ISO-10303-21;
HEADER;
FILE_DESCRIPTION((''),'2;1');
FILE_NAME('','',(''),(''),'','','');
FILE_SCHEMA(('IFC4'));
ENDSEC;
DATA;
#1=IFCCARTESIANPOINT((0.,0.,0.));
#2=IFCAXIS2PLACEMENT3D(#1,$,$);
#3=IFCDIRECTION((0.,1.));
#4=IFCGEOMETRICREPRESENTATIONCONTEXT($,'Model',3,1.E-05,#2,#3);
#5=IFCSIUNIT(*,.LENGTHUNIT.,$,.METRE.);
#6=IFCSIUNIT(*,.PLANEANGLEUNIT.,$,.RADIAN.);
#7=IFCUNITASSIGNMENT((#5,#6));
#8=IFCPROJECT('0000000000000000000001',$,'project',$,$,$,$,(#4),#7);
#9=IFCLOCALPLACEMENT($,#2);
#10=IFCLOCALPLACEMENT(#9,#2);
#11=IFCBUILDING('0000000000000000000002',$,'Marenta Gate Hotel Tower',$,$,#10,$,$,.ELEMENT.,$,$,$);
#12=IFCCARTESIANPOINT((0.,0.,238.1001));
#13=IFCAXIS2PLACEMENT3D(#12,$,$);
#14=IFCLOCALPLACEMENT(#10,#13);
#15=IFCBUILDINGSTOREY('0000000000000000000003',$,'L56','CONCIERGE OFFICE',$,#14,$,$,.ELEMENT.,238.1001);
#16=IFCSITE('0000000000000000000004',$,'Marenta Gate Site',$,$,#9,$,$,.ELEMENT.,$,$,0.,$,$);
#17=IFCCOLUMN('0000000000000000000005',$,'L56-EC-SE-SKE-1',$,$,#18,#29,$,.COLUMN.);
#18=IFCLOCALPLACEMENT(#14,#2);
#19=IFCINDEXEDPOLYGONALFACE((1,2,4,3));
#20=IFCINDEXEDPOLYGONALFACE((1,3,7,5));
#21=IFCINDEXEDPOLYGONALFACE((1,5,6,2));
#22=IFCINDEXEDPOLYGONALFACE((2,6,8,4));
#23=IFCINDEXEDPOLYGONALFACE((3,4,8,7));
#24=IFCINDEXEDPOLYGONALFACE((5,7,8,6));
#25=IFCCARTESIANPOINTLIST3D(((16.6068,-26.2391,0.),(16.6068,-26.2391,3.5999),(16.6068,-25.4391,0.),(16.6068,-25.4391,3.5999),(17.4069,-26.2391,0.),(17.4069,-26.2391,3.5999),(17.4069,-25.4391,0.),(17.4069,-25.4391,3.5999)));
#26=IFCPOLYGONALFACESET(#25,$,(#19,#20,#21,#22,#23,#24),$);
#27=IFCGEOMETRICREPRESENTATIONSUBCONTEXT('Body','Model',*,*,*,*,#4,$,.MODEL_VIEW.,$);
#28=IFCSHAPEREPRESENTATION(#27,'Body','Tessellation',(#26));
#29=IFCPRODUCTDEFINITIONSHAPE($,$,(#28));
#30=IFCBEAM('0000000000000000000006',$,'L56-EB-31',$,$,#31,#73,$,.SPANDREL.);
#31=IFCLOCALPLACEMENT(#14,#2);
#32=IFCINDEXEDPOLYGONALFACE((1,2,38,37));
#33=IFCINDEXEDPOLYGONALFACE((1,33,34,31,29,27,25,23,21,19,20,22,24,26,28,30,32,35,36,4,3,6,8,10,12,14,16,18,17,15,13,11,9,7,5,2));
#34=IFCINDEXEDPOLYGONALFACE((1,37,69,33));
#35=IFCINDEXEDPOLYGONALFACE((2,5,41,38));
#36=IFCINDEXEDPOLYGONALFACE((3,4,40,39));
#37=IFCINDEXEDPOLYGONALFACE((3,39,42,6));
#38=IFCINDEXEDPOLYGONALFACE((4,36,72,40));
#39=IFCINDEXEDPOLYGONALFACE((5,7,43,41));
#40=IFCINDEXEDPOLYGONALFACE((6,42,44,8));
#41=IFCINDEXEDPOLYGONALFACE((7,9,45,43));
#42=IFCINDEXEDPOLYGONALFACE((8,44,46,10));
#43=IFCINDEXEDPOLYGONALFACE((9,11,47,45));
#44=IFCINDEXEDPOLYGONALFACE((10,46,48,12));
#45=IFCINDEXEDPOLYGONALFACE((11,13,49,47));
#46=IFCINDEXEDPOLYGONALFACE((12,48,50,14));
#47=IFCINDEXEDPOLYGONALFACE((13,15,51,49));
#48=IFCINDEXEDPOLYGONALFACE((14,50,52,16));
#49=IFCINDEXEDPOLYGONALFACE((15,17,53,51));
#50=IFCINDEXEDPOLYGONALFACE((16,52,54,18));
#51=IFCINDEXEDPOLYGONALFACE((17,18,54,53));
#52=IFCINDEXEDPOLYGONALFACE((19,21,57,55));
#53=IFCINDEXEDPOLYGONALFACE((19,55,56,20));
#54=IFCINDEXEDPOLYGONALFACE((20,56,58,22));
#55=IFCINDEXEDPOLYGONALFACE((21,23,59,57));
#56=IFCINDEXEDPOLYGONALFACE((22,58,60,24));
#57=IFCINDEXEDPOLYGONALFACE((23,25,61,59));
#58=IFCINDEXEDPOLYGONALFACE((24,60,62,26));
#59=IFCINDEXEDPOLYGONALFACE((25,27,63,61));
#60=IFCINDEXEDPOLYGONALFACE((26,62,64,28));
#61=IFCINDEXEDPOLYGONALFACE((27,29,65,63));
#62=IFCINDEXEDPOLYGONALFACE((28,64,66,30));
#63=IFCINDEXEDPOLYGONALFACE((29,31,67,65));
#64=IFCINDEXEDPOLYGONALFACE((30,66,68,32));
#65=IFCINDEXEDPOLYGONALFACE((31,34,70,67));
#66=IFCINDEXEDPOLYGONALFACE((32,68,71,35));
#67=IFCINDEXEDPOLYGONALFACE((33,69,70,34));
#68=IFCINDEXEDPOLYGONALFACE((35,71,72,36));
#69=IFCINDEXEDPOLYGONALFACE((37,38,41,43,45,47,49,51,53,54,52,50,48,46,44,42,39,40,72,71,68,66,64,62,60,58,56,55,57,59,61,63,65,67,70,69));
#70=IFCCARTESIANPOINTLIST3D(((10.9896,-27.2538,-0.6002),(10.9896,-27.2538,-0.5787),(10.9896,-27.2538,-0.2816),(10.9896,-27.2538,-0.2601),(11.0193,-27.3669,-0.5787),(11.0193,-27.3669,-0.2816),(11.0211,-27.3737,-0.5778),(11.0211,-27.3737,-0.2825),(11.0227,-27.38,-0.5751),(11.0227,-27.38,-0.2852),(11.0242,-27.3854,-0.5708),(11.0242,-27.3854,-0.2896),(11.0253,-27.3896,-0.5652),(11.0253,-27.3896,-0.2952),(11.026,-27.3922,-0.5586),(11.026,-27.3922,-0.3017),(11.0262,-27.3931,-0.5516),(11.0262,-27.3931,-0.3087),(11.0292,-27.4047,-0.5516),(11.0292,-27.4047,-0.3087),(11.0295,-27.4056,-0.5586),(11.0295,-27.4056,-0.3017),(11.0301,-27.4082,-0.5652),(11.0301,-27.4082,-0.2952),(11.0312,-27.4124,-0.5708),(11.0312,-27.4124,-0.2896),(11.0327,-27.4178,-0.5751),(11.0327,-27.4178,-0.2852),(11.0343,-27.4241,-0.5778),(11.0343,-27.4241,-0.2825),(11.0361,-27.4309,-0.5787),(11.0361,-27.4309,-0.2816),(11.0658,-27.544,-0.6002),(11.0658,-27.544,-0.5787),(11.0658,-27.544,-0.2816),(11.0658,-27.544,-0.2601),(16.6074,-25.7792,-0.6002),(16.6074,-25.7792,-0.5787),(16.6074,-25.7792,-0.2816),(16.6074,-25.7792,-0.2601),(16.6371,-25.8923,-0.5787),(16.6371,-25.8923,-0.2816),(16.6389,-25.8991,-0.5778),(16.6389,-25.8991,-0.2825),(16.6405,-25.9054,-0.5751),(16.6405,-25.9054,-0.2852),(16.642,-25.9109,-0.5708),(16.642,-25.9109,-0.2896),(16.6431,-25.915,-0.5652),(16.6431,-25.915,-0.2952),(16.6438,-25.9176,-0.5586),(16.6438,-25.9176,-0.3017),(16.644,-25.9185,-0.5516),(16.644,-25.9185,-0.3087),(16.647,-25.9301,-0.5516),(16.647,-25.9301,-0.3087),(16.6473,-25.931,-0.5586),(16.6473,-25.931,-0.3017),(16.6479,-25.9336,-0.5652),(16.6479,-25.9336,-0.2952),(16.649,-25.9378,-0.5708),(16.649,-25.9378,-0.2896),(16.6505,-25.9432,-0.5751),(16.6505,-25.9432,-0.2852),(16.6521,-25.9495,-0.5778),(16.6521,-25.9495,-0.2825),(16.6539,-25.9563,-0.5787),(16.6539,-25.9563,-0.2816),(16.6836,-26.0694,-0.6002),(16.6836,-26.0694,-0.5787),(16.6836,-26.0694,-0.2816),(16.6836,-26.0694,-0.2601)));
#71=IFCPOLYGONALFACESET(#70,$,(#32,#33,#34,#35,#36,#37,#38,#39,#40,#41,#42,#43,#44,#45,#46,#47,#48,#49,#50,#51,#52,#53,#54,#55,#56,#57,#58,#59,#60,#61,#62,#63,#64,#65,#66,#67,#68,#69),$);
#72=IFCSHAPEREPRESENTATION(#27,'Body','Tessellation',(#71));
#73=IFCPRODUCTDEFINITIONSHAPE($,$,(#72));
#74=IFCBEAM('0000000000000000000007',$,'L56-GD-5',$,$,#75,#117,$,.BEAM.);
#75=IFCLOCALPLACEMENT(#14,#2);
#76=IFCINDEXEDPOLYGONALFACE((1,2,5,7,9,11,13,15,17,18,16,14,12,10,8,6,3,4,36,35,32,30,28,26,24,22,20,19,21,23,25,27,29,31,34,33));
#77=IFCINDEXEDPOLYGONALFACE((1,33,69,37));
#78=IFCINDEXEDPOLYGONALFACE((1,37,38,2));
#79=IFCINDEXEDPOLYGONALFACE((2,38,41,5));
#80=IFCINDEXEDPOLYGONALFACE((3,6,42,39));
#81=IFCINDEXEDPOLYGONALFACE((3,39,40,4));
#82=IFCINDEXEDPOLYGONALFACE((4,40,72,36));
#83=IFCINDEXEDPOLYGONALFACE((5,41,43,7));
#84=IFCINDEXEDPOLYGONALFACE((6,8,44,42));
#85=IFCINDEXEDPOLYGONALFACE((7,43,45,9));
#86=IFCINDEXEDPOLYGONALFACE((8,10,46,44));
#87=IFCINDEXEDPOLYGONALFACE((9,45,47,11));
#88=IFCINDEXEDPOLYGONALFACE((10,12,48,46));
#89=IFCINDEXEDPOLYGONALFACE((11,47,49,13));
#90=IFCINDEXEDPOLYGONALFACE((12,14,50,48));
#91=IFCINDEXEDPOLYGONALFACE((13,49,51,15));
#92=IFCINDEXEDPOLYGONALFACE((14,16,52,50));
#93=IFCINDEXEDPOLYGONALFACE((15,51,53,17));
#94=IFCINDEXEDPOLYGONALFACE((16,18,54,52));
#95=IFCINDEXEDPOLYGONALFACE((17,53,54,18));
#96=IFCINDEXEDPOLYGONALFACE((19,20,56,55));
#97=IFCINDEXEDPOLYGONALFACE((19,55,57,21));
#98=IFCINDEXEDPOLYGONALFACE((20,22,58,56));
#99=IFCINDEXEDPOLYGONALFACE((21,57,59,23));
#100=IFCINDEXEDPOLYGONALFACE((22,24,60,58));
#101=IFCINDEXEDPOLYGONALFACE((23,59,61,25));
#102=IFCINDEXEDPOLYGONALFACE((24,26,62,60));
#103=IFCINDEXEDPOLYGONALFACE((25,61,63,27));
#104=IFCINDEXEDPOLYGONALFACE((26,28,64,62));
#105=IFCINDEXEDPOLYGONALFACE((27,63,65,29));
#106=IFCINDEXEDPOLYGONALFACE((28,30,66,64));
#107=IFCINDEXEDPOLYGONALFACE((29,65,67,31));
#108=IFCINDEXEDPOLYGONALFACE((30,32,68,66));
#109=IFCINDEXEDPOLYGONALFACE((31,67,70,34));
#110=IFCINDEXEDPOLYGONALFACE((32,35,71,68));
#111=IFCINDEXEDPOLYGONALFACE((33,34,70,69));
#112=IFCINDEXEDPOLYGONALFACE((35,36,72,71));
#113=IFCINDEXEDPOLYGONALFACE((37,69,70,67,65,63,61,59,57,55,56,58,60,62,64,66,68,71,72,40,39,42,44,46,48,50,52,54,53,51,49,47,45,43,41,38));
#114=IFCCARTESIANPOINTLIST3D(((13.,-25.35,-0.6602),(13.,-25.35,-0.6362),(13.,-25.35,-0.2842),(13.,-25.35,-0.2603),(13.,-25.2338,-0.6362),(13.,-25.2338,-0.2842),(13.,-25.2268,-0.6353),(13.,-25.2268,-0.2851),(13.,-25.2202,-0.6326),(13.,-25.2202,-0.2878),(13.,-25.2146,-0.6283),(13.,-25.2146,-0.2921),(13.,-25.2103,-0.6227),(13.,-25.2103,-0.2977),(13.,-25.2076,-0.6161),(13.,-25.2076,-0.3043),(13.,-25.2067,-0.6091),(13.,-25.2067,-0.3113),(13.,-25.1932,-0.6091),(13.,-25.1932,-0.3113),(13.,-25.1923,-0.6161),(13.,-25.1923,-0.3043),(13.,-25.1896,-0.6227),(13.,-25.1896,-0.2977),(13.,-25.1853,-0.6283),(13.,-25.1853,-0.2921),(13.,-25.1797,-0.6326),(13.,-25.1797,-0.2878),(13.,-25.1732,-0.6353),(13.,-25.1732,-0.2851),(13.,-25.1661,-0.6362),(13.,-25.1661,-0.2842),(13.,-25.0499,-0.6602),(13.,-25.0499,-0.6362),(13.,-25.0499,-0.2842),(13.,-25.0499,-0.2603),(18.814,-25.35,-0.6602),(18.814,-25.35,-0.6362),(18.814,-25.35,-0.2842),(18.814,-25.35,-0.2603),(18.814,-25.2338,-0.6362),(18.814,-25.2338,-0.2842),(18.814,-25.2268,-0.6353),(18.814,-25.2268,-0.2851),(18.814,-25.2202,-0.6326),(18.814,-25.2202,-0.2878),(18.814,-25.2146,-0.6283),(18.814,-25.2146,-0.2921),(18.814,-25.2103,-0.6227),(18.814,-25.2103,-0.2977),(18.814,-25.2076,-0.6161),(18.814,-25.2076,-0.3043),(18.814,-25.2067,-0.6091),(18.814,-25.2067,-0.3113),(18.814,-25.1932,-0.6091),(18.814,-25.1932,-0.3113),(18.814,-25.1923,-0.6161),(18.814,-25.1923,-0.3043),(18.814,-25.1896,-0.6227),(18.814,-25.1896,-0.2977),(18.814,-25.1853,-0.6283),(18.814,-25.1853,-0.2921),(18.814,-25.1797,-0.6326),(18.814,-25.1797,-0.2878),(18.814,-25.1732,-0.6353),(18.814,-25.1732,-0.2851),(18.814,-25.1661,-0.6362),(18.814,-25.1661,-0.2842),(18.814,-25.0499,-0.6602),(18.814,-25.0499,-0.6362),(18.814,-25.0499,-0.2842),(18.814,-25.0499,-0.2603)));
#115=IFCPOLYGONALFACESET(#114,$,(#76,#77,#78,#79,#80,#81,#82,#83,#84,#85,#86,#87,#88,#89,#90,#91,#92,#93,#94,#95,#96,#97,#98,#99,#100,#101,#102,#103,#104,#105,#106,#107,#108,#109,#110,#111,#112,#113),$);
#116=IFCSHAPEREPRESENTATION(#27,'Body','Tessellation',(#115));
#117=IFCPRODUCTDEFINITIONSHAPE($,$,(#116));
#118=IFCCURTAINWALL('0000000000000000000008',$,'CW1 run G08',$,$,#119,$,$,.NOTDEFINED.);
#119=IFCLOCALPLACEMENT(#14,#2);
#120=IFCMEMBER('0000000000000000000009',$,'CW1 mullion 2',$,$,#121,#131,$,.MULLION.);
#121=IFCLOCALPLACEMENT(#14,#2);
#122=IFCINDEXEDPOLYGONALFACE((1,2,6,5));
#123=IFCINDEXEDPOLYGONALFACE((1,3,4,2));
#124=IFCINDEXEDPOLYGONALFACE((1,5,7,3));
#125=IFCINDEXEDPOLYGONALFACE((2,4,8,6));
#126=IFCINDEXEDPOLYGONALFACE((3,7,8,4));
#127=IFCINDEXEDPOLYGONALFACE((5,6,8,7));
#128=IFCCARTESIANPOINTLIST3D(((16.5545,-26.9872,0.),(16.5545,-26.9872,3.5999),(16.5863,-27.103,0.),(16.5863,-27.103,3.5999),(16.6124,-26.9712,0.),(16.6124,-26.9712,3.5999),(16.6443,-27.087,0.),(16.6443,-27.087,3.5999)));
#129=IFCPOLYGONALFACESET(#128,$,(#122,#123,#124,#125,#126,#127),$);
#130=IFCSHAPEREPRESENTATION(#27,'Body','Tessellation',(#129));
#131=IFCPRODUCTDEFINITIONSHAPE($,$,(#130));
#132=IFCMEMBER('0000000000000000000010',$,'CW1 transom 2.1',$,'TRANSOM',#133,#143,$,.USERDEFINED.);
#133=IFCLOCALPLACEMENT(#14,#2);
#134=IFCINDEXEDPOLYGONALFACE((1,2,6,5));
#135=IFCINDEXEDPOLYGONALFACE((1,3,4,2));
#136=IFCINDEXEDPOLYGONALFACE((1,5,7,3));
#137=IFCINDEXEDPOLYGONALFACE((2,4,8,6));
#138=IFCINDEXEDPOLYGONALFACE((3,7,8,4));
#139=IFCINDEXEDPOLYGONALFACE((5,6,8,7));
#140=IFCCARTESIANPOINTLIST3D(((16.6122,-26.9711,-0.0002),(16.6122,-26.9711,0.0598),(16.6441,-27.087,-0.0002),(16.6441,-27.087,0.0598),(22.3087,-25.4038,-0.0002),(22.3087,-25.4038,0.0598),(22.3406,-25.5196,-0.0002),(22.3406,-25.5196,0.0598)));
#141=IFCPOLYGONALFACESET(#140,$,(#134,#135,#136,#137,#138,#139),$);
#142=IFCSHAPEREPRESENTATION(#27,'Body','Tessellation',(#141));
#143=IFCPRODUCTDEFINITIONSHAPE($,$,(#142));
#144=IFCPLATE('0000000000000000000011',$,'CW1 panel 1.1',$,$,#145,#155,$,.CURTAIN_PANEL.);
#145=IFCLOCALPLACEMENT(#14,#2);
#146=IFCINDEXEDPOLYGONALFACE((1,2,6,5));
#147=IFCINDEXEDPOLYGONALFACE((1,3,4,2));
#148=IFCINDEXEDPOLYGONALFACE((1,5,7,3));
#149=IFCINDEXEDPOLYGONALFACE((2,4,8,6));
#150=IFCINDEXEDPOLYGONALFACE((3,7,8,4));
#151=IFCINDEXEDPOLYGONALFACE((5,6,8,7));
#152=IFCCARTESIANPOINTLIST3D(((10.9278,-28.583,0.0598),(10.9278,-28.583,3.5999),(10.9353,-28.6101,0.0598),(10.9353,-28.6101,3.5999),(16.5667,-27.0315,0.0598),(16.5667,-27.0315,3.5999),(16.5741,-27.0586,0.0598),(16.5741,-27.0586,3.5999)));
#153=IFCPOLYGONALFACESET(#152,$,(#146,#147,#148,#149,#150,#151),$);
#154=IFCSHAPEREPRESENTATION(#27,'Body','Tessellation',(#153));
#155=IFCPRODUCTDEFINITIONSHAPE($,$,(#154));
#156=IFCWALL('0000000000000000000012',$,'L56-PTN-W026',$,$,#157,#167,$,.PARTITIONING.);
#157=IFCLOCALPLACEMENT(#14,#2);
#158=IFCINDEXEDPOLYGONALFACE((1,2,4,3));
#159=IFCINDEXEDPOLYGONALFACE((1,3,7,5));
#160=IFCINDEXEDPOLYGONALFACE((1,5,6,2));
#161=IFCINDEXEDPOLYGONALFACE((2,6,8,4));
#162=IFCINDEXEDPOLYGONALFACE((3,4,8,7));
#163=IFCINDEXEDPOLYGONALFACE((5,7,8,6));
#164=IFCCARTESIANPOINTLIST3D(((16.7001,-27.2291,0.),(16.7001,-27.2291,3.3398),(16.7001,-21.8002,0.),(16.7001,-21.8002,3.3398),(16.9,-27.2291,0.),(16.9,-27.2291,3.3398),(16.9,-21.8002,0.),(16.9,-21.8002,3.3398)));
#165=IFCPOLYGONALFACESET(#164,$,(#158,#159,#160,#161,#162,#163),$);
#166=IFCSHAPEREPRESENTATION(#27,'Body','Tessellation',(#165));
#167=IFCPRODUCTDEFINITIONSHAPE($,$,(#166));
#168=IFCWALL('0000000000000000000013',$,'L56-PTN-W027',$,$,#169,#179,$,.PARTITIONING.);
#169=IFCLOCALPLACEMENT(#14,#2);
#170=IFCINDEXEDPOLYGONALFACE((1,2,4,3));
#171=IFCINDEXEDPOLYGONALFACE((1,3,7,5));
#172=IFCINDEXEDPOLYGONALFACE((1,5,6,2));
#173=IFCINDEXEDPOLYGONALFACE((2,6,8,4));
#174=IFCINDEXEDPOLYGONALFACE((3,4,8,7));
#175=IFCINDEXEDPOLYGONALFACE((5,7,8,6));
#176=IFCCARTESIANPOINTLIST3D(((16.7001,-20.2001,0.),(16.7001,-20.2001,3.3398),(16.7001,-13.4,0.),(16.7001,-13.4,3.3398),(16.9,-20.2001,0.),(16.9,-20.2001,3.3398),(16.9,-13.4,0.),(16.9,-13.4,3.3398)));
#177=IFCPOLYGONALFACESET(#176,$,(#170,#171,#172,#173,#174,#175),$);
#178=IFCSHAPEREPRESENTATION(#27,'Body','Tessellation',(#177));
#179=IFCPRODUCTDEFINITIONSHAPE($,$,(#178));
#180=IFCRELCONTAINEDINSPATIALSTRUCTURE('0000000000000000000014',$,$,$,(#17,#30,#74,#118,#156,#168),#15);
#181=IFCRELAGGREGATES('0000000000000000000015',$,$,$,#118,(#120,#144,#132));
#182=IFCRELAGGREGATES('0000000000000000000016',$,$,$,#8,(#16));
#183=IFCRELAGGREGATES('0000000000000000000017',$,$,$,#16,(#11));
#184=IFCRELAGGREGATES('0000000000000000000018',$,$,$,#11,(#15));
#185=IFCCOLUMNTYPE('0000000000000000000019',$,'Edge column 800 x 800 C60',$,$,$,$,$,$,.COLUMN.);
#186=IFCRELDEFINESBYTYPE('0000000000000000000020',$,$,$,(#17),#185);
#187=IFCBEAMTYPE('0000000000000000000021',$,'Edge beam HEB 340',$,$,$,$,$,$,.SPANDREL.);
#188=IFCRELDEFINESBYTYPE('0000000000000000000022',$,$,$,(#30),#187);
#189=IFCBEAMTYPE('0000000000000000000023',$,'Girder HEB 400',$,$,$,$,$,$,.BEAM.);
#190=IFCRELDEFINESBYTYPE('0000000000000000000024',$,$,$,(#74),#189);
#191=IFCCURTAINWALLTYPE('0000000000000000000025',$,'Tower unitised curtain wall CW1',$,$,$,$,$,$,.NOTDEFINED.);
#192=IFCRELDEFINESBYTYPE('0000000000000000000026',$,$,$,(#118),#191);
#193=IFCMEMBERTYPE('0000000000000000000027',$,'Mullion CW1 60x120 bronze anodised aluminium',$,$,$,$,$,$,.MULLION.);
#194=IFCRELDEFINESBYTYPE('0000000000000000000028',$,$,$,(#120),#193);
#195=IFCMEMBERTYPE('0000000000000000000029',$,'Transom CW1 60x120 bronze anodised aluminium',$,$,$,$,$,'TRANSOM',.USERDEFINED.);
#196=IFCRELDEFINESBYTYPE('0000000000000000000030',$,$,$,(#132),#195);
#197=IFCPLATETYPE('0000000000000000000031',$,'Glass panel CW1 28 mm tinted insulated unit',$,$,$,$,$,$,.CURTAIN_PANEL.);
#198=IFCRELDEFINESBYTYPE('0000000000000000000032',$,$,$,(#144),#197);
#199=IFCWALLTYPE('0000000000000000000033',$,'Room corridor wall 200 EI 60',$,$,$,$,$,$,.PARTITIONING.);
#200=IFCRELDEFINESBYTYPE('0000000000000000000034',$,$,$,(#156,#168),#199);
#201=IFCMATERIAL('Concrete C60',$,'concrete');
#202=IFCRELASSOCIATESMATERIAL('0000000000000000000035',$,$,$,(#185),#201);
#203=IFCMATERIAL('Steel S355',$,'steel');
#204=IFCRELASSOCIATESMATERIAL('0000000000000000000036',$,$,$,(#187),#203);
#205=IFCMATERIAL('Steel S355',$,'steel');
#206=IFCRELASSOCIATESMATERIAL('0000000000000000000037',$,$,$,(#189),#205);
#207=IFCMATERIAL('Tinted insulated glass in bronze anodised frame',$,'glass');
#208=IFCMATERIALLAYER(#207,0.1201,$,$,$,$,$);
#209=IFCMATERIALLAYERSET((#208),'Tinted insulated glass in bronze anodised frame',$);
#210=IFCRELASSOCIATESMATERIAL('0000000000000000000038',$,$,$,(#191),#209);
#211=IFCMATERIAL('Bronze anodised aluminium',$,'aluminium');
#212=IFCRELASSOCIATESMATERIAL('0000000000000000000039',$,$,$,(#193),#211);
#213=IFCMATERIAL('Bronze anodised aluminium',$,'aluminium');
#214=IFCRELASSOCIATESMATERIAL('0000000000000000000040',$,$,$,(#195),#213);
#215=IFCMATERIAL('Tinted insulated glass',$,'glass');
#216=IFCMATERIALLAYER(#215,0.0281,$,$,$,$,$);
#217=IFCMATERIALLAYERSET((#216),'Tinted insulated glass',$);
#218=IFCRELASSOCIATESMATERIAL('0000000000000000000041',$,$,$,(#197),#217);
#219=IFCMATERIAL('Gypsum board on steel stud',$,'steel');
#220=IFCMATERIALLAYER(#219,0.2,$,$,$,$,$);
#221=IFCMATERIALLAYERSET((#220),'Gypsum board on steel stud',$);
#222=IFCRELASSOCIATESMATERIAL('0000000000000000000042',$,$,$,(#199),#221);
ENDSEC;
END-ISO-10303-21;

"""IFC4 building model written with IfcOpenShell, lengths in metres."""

from ifc_helpers import new_model, si_unit, direction, frame, frame_2d, origin, origin_2d, place, context, subcontext, project, spatial, rectangle, i_section, extrude, material, layer, layer_set, material_profile, profile_set, type_object, element, aggregate, save


model = new_model("IFC4")

# Units and contexts
model_context = context("Model", 3, precision=1e-05, world=origin(), true_north=direction((0.0, 1.0)))
body_context = subcontext(model_context, "Body", "Model", "MODEL_VIEW")
ifc_project = project(units=[si_unit("LENGTHUNIT", "METRE"), si_unit("PLANEANGLEUNIT", "RADIAN")], contexts=[model_context])

# Site, building, storey
site_placement = place(None, origin())
site = spatial("IfcSite", under=ifc_project, at=site_placement, Name="Marenta Gate Site", CompositionType="ELEMENT", RefElevation=0.0)
building_placement = place(site_placement, origin())
building = spatial("IfcBuilding", under=site, at=building_placement, Name="Marenta Gate Hotel Tower", CompositionType="ELEMENT")
storey_placement = place(building_placement, frame((0.0, 0.0, 238.1001)))
storey = spatial("IfcBuildingStorey", under=building, at=storey_placement, Name="L56", Description="CONCIERGE OFFICE", CompositionType="ELEMENT", Elevation=238.1001)

# Column
ifc_material_1 = material(Name="Concrete C60", Category="concrete")
ifc_material_profile_1 = material_profile(ifc_material_1, rectangle(XDim=0.8, YDim=0.8, at=origin_2d()), Name="800 x 800")
ifc_profile_set_1 = profile_set([ifc_material_profile_1], Name="Concrete C60")
column_type = type_object("IfcColumnType", Name="Edge column 800 x 800 C60", PredefinedType="COLUMN", material=ifc_profile_set_1)
column_placement = place(storey_placement, frame((17.0068, -25.8391, 0.0), z_axis=(0.0, 0.0, 1.0), x_axis=(1.0, 0.0, 0.0)))
element("IfcColumn", 1, at=column_placement, inside=storey, type_object=column_type, Name="L56-EC-SE-SKE-1", PredefinedType="COLUMN", context=body_context, shape_type="SweptSolid", body=[
    extrude(rectangle(XDim=0.8, YDim=0.8, at=origin_2d()), origin(), (0.0, 0.0, 1.0), 3.5999),
])

# Beams
ifc_material_2 = material(Name="Steel S355", Category="steel")
ifc_material_profile_2 = material_profile(ifc_material_2, i_section(OverallWidth=0.3, OverallDepth=0.3401, WebThickness=0.012, FlangeThickness=0.0215, FilletRadius=0.0271, at=origin_2d()), Name="HEB 340")
ifc_profile_set_2 = profile_set([ifc_material_profile_2], Name="Steel S355")
beam_type_1 = type_object("IfcBeamType", Name="Edge beam HEB 340", PredefinedType="SPANDREL", material=ifc_profile_set_2)
beam_1_placement = place(storey_placement, frame((16.6455, -25.9243, -0.4302), z_axis=(-0.967235, -0.253883, 0.0), x_axis=(0.253883, -0.967235, 0.0)))
element("IfcBeam", 2, at=beam_1_placement, inside=storey, type_object=beam_type_1, Name="L56-EB-31", PredefinedType="SPANDREL", context=body_context, shape_type="SweptSolid", body=[
    extrude(i_section(OverallWidth=0.3, OverallDepth=0.3401, WebThickness=0.012, FlangeThickness=0.0215, FilletRadius=0.0271, at=origin_2d()), origin(), (0.0, 0.0, 1.0), 5.8081),
])
ifc_material_3 = material(Name="Steel S355", Category="steel")
ifc_material_profile_3 = material_profile(ifc_material_3, i_section(OverallWidth=0.3, OverallDepth=0.3999, WebThickness=0.0134, FlangeThickness=0.0239, FilletRadius=0.0271, at=origin_2d()), Name="HEB 400")
ifc_profile_set_3 = profile_set([ifc_material_profile_3], Name="Steel S355")
beam_type_2 = type_object("IfcBeamType", Name="Girder HEB 400", PredefinedType="BEAM", material=ifc_profile_set_3)
beam_2_placement = place(storey_placement, frame((13.0, -25.2, -0.4602), z_axis=(1.0, 0.0, 0.0), x_axis=(0.0, 1.0, 0.0)))
element("IfcBeam", 3, at=beam_2_placement, inside=storey, type_object=beam_type_2, Name="L56-GD-5", PredefinedType="BEAM", context=body_context, shape_type="SweptSolid", body=[
    extrude(i_section(OverallWidth=0.3, OverallDepth=0.3999, WebThickness=0.0134, FlangeThickness=0.0239, FilletRadius=0.0271, at=origin_2d()), origin(), (0.0, 0.0, 1.0), 5.814),
])

# Curtain wall, members, plate
ifc_material_4 = material(Name="Tinted insulated glass in bronze anodised frame", Category="glass")
ifc_layer_1 = layer(ifc_material_4, 0.1201)
ifc_layer_set_1 = layer_set([ifc_layer_1], Name="Tinted insulated glass in bronze anodised frame")
curtain_wall_type = type_object("IfcCurtainWallType", Name="Tower unitised curtain wall CW1", PredefinedType="NOTDEFINED", material=ifc_layer_set_1)
curtain_wall_placement = place(storey_placement, origin())
curtain_wall = element("IfcCurtainWall", 4, at=curtain_wall_placement, inside=storey, type_object=curtain_wall_type, Name="CW1 run G08", PredefinedType="NOTDEFINED")
ifc_material_5 = material(Name="Bronze anodised aluminium", Category="aluminium")
ifc_material_profile_4 = material_profile(ifc_material_5, rectangle(XDim=0.1201, YDim=0.0601, at=origin_2d()), Name="Mullion CW1 60x120 bronze anodised aluminium")
ifc_profile_set_4 = profile_set([ifc_material_profile_4], Name="Bronze anodised aluminium")
member_type_1 = type_object("IfcMemberType", Name="Mullion CW1 60x120 bronze anodised aluminium", PredefinedType="MULLION", material=ifc_profile_set_4)
member_1_placement = place(storey_placement, frame((16.5994, -27.0371, 0.0), z_axis=(0.0, 0.0, 1.0), x_axis=(-0.265293, 0.964168, 0.0)))
member_1 = element("IfcMember", 5, at=member_1_placement, type_object=member_type_1, Name="CW1 mullion 2", PredefinedType="MULLION", context=body_context, shape_type="SweptSolid", body=[
    extrude(rectangle(XDim=0.1201, YDim=0.0601, at=origin_2d()), origin(), (0.0, 0.0, 1.0), 3.5999),
])
ifc_material_6 = material(Name="Bronze anodised aluminium", Category="aluminium")
ifc_material_profile_5 = material_profile(ifc_material_6, rectangle(XDim=0.1201, YDim=0.0601, at=origin_2d()), Name="Transom CW1 60x120 bronze anodised aluminium")
ifc_profile_set_5 = profile_set([ifc_material_profile_5], Name="Bronze anodised aluminium")
member_type_2 = type_object("IfcMemberType", Name="Transom CW1 60x120 bronze anodised aluminium", ElementType="TRANSOM", PredefinedType="USERDEFINED", material=ifc_profile_set_5)
member_2_placement = place(storey_placement, frame((16.6282, -27.0291, 0.0298), z_axis=(0.964169, 0.265288, 0.0), x_axis=(-0.265288, 0.964169, 0.0)))
member_2 = element("IfcMember", 6, at=member_2_placement, type_object=member_type_2, Name="CW1 transom 2.1", ObjectType="TRANSOM", PredefinedType="USERDEFINED", context=body_context, shape_type="SweptSolid", body=[
    extrude(rectangle(XDim=0.1201, YDim=0.0601, at=origin_2d()), origin(), (0.0, 0.0, 1.0), 5.9082),
])
ifc_material_7 = material(Name="Tinted insulated glass", Category="glass")
ifc_layer_2 = layer(ifc_material_7, 0.0281)
ifc_layer_set_2 = layer_set([ifc_layer_2], Name="Tinted insulated glass")
plate_type = type_object("IfcPlateType", Name="Glass panel CW1 28 mm tinted insulated unit", PredefinedType="CURTAIN_PANEL", material=ifc_layer_set_2)
plate_placement = place(storey_placement, frame((13.751, -27.8208, 0.0598), z_axis=(0.0, 0.0, 1.0), x_axis=(0.964168, 0.265293, 0.0)))
plate = element("IfcPlate", 7, at=plate_placement, type_object=plate_type, Name="CW1 panel 1.1", PredefinedType="CURTAIN_PANEL", context=body_context, shape_type="SweptSolid", body=[
    extrude(rectangle(XDim=5.8484, YDim=0.0281, at=origin_2d()), origin(), (0.0, 0.0, 1.0), 3.54),
])
aggregate(curtain_wall, [member_1, plate, member_2])

# Shared definitions
ifc_material_8 = material(Name="Gypsum board on steel stud", Category="steel")
ifc_layer_3 = layer(ifc_material_8, 0.2)
ifc_layer_set_3 = layer_set([ifc_layer_3], Name="Gypsum board on steel stud")
wall_type_1 = type_object("IfcWallType", Name="Room corridor wall 200 EI 60", PredefinedType="PARTITIONING", material=ifc_layer_set_3)

# Walls
wall_1_placement = place(storey_placement, frame((16.8, -27.229, 0.0), z_axis=(0.0, 0.0, 1.0), x_axis=(0.0, 1.0, 0.0)))
element("IfcWall", 8, at=wall_1_placement, inside=storey, type_object=wall_type_1, Name="L56-PTN-W026", PredefinedType="PARTITIONING", context=body_context, shape_type="SweptSolid", body=[
    extrude(rectangle(XDim=5.429, YDim=0.2, at=frame_2d((2.7144, 0.0))), origin(), (0.0, 0.0, 1.0), 3.3398),
])
wall_2_placement = place(storey_placement, frame((16.8, -20.2, 0.0), z_axis=(0.0, 0.0, 1.0), x_axis=(0.0, 1.0, 0.0)))
element("IfcWall", 9, at=wall_2_placement, inside=storey, type_object=wall_type_1, Name="L56-PTN-W027", PredefinedType="PARTITIONING", context=body_context, shape_type="SweptSolid", body=[
    extrude(rectangle(XDim=6.8, YDim=0.2, at=frame_2d((3.3999, 0.0))), origin(), (0.0, 0.0, 1.0), 3.3398),
])

save(model, "model.ifc")
